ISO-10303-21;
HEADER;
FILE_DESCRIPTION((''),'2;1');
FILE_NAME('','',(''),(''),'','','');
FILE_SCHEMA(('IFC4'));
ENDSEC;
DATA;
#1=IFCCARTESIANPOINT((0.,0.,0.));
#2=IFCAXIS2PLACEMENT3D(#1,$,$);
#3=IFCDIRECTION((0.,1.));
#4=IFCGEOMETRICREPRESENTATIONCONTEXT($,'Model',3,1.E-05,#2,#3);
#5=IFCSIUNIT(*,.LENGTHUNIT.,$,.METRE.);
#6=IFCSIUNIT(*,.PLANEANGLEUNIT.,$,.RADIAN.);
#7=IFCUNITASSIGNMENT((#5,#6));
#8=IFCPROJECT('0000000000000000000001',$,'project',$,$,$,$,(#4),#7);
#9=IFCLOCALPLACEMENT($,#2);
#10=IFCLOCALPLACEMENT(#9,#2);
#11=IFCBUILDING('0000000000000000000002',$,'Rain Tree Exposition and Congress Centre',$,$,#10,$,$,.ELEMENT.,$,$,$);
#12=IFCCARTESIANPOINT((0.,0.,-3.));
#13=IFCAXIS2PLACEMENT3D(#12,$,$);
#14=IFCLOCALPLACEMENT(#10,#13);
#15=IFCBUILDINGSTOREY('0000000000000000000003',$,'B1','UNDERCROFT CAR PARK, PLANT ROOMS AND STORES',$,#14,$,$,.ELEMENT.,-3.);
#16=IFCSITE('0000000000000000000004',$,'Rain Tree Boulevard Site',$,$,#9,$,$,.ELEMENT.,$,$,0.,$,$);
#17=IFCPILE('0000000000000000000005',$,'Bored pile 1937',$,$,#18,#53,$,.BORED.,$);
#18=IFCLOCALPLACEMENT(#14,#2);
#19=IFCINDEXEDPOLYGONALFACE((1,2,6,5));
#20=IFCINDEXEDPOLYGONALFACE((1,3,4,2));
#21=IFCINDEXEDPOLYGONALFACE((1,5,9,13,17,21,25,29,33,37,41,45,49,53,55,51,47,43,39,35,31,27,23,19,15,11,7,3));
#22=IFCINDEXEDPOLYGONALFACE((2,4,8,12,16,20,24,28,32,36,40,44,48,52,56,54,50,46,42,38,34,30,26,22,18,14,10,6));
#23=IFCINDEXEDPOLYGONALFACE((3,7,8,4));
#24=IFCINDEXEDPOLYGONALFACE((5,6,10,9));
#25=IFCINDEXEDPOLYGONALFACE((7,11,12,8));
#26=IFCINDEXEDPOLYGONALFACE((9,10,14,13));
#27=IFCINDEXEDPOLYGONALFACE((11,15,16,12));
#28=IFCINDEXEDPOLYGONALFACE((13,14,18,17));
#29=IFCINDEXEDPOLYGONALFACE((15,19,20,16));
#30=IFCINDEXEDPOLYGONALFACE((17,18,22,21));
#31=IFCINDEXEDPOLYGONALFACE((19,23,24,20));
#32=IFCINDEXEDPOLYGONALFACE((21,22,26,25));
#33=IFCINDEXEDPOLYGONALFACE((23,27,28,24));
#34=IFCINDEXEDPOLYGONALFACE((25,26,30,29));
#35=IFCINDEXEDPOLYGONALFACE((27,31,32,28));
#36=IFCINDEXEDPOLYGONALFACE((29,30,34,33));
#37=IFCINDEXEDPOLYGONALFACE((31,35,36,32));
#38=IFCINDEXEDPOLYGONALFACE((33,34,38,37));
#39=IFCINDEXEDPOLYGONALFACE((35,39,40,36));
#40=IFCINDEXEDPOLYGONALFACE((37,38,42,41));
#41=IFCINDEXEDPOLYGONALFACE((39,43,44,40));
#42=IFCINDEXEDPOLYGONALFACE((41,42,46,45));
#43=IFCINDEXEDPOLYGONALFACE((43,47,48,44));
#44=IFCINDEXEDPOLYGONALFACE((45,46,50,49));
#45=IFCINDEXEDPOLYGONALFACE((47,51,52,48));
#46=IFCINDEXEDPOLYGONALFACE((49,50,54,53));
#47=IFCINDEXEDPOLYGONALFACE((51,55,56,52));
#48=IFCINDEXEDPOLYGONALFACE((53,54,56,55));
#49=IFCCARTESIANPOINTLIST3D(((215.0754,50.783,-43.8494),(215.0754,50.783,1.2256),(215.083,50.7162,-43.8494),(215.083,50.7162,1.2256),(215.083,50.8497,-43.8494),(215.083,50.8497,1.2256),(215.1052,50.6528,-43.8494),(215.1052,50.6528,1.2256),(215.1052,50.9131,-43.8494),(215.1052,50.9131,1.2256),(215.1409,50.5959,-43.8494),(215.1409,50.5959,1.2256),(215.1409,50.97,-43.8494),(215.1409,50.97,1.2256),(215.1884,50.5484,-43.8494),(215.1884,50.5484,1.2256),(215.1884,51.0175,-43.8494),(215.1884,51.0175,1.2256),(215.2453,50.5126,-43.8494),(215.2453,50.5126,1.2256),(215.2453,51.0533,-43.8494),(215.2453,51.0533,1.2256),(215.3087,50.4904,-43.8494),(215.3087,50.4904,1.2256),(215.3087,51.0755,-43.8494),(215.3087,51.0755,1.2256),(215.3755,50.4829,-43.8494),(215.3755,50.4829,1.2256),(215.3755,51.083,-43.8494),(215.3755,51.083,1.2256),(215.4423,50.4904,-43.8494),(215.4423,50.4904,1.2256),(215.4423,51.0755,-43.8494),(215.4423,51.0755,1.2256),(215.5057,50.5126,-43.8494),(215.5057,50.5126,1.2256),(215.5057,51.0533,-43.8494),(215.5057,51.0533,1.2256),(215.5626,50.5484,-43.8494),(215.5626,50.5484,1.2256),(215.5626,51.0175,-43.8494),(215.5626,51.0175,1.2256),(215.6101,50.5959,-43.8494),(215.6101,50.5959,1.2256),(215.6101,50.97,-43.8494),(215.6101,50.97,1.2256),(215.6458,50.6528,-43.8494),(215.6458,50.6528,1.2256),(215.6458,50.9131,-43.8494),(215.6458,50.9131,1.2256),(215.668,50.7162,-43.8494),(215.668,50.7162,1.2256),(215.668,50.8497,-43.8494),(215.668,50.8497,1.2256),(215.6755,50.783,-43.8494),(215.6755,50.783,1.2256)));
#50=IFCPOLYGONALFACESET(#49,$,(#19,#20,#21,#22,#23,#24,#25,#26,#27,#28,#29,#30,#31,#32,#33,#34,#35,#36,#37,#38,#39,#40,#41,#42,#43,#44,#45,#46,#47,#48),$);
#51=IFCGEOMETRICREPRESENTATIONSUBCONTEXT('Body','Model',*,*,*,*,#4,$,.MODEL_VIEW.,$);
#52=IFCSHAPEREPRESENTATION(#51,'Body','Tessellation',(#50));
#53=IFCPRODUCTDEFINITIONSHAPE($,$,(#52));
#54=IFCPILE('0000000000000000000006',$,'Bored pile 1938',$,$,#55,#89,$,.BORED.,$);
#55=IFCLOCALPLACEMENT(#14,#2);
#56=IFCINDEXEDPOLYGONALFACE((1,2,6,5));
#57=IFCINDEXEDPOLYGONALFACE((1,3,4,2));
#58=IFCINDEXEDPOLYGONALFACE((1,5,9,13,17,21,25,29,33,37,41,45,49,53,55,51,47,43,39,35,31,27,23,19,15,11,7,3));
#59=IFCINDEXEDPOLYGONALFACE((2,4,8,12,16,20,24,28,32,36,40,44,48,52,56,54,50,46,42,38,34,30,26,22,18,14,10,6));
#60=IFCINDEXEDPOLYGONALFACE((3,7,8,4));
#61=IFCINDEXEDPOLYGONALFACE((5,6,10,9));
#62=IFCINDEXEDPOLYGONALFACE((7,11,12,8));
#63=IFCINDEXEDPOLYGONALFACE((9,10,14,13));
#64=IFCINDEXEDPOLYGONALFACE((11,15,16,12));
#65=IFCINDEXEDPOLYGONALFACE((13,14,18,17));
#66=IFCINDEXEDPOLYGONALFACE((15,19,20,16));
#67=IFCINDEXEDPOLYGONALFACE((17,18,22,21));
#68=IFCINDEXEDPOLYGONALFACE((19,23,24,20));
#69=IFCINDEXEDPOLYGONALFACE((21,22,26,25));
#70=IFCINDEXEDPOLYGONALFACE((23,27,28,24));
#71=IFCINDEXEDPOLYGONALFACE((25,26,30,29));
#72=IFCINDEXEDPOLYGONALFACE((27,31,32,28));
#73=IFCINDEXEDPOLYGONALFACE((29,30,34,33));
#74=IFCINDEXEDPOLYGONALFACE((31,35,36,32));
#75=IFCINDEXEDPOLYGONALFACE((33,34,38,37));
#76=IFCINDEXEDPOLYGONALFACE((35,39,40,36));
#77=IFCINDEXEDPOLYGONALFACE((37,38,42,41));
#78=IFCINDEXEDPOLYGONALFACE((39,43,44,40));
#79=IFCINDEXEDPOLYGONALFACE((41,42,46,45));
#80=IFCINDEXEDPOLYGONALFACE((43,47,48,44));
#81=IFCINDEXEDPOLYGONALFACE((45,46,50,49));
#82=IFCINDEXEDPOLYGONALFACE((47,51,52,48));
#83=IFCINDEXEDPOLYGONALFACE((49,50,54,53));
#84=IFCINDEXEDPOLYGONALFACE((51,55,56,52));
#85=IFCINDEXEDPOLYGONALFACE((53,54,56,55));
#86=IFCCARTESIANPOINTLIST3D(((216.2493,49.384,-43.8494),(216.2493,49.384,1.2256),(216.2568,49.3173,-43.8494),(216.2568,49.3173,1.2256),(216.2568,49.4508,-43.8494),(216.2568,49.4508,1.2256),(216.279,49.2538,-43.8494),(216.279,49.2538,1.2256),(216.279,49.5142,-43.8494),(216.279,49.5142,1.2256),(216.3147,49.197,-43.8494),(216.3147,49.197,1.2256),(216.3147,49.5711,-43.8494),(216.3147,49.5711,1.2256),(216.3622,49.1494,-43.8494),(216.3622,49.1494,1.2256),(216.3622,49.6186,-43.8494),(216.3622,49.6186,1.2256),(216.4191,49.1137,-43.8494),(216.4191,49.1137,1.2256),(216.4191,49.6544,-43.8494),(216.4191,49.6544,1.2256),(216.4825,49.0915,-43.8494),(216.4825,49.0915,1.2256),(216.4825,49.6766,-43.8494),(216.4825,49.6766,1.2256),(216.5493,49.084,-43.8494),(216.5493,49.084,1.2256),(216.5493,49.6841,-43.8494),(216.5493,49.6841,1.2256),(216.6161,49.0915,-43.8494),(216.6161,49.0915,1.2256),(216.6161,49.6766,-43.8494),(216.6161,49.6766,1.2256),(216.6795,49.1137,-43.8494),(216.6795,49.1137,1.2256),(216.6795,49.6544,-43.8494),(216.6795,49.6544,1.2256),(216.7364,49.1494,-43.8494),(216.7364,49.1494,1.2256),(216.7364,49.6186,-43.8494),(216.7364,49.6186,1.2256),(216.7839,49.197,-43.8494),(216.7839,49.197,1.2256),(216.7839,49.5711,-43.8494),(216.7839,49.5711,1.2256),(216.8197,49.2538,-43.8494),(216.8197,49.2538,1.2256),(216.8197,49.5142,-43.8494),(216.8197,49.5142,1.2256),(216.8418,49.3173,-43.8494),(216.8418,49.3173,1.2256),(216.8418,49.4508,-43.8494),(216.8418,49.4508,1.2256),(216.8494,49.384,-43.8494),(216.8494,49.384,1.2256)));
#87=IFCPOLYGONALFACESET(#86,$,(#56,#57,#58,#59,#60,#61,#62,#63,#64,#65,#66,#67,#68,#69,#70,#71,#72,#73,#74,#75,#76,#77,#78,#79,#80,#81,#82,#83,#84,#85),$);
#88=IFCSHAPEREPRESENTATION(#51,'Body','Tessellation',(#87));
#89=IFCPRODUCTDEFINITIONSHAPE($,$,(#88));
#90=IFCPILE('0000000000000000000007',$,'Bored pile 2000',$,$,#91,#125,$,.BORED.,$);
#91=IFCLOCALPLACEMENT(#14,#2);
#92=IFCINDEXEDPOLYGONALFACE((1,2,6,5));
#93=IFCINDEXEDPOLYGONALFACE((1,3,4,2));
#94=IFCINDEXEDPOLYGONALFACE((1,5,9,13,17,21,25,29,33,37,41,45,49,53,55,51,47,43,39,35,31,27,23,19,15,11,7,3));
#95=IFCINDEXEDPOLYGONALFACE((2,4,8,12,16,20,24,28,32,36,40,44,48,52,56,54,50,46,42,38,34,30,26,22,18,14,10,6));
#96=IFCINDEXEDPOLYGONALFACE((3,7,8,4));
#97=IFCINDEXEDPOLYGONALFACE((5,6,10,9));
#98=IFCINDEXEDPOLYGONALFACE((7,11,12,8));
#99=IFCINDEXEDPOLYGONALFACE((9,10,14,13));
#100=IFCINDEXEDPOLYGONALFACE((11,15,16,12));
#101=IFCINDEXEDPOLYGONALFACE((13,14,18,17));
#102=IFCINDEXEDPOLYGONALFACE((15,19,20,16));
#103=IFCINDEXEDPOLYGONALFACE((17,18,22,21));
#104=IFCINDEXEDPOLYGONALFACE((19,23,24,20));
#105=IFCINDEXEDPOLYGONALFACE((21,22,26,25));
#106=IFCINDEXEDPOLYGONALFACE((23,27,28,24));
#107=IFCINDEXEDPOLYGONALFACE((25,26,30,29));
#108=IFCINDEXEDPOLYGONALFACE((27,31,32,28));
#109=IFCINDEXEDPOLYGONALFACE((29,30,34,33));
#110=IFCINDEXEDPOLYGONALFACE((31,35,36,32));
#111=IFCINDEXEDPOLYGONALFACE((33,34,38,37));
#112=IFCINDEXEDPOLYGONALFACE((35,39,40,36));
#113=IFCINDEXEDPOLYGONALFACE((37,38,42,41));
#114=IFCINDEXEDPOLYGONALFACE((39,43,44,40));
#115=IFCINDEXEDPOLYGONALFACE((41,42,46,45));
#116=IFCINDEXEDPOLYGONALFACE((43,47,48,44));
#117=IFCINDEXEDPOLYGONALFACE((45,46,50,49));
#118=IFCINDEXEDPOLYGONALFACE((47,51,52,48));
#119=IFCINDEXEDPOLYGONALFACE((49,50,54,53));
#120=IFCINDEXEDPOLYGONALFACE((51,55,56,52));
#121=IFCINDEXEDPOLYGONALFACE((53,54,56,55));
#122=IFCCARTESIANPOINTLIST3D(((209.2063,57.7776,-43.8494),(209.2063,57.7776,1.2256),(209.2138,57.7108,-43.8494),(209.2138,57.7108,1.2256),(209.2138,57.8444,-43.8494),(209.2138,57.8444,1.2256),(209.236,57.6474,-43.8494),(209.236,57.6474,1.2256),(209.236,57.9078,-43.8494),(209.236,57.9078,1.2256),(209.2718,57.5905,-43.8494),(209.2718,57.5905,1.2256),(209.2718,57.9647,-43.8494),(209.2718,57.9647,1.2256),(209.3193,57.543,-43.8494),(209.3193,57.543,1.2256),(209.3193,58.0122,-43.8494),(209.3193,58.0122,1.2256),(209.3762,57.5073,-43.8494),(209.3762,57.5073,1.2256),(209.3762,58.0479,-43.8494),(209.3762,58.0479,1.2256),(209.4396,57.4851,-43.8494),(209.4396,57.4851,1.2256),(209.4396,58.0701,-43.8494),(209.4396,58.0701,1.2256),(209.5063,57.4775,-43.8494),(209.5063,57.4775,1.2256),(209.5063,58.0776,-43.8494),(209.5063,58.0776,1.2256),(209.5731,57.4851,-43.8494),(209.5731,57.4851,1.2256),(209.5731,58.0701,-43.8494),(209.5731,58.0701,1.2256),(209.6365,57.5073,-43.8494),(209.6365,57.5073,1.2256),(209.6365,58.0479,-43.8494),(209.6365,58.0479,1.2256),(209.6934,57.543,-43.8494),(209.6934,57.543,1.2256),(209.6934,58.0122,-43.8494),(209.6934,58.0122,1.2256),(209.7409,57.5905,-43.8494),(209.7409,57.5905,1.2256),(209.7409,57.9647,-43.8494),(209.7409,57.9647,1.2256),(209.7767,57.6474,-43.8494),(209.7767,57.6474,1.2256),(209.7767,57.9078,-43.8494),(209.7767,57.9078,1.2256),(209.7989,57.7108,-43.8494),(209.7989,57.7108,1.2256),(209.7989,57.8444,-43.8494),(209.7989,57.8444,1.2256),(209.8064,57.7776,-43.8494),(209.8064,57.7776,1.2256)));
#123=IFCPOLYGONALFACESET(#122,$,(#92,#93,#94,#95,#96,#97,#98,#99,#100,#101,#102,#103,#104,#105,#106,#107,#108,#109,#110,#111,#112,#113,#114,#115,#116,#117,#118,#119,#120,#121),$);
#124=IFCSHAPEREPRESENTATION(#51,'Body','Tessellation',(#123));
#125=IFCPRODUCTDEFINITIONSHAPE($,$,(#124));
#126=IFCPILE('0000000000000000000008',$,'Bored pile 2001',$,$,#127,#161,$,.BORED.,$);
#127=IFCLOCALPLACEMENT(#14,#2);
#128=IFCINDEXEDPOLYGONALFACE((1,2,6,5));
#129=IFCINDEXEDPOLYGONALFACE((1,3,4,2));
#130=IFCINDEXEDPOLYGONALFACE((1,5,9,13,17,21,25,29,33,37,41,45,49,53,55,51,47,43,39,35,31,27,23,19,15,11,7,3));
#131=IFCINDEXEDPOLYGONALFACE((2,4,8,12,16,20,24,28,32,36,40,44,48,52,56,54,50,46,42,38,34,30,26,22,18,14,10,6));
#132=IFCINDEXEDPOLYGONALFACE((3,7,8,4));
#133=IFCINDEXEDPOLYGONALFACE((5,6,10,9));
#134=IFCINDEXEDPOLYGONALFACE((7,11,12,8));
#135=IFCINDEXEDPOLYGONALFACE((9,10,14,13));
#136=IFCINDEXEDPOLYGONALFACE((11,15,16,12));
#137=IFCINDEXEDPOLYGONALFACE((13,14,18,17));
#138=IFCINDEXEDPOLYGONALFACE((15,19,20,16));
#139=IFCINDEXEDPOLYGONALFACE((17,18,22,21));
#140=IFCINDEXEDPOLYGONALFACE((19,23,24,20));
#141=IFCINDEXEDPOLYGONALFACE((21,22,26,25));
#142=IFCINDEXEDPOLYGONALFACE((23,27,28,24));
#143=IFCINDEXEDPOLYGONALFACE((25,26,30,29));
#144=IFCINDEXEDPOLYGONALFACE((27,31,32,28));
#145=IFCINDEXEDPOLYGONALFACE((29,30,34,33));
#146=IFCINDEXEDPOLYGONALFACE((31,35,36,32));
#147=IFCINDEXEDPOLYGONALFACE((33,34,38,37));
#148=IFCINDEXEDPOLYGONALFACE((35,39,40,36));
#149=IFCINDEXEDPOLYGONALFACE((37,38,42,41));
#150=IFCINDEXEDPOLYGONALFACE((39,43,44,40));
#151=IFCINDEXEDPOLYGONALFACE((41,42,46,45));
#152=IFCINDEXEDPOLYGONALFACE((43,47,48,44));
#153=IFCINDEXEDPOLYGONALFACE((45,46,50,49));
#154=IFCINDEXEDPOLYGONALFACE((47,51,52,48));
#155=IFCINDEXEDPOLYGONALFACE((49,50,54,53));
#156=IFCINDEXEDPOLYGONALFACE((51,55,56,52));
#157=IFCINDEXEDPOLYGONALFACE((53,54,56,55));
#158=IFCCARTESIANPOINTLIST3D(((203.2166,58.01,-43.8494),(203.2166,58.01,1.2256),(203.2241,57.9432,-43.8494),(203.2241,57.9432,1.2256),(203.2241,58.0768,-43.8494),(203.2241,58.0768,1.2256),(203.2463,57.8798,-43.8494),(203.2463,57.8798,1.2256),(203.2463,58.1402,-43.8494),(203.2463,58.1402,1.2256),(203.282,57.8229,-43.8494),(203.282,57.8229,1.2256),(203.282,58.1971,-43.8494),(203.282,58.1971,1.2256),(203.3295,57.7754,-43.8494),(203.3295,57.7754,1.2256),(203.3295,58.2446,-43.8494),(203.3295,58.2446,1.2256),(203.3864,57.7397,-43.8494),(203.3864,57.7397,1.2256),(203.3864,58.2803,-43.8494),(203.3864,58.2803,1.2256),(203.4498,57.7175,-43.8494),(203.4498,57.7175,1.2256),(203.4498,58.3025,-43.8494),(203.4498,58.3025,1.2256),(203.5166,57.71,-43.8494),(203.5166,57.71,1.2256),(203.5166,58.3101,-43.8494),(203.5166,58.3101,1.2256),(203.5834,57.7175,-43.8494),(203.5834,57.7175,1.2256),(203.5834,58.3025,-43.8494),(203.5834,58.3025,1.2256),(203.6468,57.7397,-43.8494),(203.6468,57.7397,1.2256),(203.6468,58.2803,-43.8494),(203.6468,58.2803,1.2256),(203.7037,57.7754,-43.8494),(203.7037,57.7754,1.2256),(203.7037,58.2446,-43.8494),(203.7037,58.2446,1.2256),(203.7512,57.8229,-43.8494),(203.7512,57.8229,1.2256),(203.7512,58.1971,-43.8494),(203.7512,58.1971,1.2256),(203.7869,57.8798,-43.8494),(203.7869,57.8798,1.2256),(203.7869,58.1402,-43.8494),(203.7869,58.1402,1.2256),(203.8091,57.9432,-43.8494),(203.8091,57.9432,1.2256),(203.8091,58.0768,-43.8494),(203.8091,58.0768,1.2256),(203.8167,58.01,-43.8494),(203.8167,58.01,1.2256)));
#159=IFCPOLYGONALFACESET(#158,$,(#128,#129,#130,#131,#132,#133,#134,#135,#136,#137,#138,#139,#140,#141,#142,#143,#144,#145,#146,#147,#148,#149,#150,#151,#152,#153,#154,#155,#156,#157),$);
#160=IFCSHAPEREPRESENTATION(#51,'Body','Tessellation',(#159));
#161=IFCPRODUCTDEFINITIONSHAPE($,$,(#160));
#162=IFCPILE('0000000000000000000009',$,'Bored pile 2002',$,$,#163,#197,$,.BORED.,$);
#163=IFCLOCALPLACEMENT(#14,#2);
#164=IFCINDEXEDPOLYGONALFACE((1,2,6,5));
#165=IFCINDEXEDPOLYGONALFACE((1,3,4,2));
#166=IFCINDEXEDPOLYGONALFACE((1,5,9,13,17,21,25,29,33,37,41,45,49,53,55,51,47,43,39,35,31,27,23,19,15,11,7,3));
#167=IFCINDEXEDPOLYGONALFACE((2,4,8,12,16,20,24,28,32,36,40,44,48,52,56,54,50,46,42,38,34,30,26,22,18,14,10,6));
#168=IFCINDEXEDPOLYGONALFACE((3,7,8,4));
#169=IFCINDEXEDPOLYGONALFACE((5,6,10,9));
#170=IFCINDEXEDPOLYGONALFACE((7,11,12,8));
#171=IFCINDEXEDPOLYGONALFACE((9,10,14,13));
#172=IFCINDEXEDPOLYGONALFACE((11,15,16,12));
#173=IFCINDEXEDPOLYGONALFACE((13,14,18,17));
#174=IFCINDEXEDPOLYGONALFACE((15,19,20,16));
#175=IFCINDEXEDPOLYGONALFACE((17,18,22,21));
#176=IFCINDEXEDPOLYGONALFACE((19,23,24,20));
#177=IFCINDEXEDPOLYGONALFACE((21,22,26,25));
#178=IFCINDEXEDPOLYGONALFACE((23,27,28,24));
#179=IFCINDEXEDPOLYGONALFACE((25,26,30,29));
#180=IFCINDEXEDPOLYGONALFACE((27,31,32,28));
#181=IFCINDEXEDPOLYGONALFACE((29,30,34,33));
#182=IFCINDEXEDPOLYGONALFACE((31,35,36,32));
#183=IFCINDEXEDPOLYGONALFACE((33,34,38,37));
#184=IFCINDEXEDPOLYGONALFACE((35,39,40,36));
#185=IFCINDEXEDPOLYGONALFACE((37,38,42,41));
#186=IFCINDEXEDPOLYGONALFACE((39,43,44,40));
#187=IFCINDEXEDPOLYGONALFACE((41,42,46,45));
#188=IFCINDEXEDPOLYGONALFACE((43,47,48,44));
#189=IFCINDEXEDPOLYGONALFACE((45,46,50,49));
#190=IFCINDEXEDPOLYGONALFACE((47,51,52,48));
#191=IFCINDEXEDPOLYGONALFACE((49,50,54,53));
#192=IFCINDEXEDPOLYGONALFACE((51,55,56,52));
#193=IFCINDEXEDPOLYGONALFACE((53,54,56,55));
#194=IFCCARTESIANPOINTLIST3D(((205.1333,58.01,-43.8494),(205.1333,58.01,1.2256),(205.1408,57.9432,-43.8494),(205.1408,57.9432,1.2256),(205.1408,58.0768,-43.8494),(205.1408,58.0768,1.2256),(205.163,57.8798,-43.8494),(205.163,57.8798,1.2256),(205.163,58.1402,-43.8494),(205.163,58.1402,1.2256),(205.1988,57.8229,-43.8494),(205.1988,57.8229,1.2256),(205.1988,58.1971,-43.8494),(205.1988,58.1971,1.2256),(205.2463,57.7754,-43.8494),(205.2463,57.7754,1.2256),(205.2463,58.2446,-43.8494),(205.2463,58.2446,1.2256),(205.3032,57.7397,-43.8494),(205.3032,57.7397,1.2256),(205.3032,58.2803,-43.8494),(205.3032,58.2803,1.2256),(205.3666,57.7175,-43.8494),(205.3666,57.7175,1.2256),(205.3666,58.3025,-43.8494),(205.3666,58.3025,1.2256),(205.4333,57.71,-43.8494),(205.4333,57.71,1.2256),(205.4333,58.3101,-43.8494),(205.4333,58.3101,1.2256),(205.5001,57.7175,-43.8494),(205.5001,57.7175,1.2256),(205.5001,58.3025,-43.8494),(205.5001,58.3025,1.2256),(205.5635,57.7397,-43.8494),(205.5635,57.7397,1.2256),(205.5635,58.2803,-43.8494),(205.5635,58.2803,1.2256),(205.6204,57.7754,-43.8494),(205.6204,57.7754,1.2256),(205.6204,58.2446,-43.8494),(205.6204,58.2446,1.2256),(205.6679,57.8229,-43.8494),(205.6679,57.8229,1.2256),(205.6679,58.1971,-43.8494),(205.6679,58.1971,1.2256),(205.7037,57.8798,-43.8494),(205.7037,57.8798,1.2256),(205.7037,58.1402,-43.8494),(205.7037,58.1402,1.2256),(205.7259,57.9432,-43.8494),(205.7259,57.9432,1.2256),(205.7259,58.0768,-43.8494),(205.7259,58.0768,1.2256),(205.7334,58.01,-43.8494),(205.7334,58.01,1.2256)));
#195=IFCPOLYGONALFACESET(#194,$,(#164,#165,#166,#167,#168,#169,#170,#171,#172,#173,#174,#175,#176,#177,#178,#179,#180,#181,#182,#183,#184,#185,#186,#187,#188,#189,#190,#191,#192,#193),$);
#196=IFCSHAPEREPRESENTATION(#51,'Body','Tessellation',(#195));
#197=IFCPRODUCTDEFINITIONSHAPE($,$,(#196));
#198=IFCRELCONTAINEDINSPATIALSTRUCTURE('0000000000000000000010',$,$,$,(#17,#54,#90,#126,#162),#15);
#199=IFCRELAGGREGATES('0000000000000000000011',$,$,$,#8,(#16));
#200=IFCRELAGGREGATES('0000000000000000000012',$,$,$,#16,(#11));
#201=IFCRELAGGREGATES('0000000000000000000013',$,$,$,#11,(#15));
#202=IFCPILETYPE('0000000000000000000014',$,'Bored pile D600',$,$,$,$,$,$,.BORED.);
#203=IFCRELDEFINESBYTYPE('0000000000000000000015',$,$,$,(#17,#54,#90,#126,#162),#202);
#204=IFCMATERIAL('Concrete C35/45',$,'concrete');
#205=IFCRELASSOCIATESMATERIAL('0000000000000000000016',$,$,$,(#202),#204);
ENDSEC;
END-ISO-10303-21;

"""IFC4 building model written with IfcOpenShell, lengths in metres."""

from ifc_helpers import new_model, si_unit, direction, frame, origin, origin_2d, place, context, subcontext, project, spatial, circle, extrude, material, material_profile, profile_set, type_object, element, save


model = new_model("IFC4")

# Units and contexts
model_context = context("Model", 3, precision=1e-05, world=origin(), true_north=direction((0.0, 1.0)))
body_context = subcontext(model_context, "Body", "Model", "MODEL_VIEW")
ifc_project = project(units=[si_unit("LENGTHUNIT", "METRE"), si_unit("PLANEANGLEUNIT", "RADIAN")], contexts=[model_context])

# Site, building, storey
site_placement = place(None, origin())
site = spatial("IfcSite", under=ifc_project, at=site_placement, Name="Rain Tree Boulevard Site", CompositionType="ELEMENT", RefElevation=0.0)
building_placement = place(site_placement, origin())
building = spatial("IfcBuilding", under=site, at=building_placement, Name="Rain Tree Exposition and Congress Centre", CompositionType="ELEMENT")
storey_placement = place(building_placement, frame((0.0, 0.0, -3.0)))
storey = spatial("IfcBuildingStorey", under=building, at=storey_placement, Name="B1", Description="UNDERCROFT CAR PARK, PLANT ROOMS AND STORES", CompositionType="ELEMENT", Elevation=-3.0)

# Piles
ifc_material_1 = material(Name="Concrete C35/45", Category="concrete")
ifc_material_profile_1 = material_profile(ifc_material_1, circle(Radius=0.3, at=origin_2d()), Name="D600")
ifc_profile_set_1 = profile_set([ifc_material_profile_1], Name="Concrete C35/45")
pile_type_1 = type_object("IfcPileType", Name="Bored pile D600", PredefinedType="BORED", material=ifc_profile_set_1)
for number, where, z_axis, x_axis, name in (
    (1, (215.3755, 50.783, 1.2256), (0.0, 0.0, -1.0), (1.0, 0.0, 0.0), "Bored pile 1937"),
    (2, (216.5493, 49.384, 1.2256), (0.0, 0.0, -1.0), (1.0, 0.0, 0.0), "Bored pile 1938"),
    (3, (209.5063, 57.7776, 1.2256), (0.0, 0.0, -1.0), (1.0, 0.0, 0.0), "Bored pile 2000"),
    (4, (203.5166, 58.01, 1.2256), (0.0, 0.0, -1.0), (1.0, 0.0, 0.0), "Bored pile 2001"),
    (5, (205.4333, 58.01, 1.2256), (0.0, 0.0, -1.0), (1.0, 0.0, 0.0), "Bored pile 2002"),
):
    element("IfcPile", number, at=place(storey_placement, frame(where, z_axis=z_axis, x_axis=x_axis)), inside=storey, type_object=pile_type_1, Name=name, PredefinedType="BORED", context=body_context, shape_type="SweptSolid", body=[
        extrude(circle(Radius=0.3, at=origin_2d()), origin(), (0.0, 0.0, 1.0), 45.075),
    ])

save(model, "model.ifc")
